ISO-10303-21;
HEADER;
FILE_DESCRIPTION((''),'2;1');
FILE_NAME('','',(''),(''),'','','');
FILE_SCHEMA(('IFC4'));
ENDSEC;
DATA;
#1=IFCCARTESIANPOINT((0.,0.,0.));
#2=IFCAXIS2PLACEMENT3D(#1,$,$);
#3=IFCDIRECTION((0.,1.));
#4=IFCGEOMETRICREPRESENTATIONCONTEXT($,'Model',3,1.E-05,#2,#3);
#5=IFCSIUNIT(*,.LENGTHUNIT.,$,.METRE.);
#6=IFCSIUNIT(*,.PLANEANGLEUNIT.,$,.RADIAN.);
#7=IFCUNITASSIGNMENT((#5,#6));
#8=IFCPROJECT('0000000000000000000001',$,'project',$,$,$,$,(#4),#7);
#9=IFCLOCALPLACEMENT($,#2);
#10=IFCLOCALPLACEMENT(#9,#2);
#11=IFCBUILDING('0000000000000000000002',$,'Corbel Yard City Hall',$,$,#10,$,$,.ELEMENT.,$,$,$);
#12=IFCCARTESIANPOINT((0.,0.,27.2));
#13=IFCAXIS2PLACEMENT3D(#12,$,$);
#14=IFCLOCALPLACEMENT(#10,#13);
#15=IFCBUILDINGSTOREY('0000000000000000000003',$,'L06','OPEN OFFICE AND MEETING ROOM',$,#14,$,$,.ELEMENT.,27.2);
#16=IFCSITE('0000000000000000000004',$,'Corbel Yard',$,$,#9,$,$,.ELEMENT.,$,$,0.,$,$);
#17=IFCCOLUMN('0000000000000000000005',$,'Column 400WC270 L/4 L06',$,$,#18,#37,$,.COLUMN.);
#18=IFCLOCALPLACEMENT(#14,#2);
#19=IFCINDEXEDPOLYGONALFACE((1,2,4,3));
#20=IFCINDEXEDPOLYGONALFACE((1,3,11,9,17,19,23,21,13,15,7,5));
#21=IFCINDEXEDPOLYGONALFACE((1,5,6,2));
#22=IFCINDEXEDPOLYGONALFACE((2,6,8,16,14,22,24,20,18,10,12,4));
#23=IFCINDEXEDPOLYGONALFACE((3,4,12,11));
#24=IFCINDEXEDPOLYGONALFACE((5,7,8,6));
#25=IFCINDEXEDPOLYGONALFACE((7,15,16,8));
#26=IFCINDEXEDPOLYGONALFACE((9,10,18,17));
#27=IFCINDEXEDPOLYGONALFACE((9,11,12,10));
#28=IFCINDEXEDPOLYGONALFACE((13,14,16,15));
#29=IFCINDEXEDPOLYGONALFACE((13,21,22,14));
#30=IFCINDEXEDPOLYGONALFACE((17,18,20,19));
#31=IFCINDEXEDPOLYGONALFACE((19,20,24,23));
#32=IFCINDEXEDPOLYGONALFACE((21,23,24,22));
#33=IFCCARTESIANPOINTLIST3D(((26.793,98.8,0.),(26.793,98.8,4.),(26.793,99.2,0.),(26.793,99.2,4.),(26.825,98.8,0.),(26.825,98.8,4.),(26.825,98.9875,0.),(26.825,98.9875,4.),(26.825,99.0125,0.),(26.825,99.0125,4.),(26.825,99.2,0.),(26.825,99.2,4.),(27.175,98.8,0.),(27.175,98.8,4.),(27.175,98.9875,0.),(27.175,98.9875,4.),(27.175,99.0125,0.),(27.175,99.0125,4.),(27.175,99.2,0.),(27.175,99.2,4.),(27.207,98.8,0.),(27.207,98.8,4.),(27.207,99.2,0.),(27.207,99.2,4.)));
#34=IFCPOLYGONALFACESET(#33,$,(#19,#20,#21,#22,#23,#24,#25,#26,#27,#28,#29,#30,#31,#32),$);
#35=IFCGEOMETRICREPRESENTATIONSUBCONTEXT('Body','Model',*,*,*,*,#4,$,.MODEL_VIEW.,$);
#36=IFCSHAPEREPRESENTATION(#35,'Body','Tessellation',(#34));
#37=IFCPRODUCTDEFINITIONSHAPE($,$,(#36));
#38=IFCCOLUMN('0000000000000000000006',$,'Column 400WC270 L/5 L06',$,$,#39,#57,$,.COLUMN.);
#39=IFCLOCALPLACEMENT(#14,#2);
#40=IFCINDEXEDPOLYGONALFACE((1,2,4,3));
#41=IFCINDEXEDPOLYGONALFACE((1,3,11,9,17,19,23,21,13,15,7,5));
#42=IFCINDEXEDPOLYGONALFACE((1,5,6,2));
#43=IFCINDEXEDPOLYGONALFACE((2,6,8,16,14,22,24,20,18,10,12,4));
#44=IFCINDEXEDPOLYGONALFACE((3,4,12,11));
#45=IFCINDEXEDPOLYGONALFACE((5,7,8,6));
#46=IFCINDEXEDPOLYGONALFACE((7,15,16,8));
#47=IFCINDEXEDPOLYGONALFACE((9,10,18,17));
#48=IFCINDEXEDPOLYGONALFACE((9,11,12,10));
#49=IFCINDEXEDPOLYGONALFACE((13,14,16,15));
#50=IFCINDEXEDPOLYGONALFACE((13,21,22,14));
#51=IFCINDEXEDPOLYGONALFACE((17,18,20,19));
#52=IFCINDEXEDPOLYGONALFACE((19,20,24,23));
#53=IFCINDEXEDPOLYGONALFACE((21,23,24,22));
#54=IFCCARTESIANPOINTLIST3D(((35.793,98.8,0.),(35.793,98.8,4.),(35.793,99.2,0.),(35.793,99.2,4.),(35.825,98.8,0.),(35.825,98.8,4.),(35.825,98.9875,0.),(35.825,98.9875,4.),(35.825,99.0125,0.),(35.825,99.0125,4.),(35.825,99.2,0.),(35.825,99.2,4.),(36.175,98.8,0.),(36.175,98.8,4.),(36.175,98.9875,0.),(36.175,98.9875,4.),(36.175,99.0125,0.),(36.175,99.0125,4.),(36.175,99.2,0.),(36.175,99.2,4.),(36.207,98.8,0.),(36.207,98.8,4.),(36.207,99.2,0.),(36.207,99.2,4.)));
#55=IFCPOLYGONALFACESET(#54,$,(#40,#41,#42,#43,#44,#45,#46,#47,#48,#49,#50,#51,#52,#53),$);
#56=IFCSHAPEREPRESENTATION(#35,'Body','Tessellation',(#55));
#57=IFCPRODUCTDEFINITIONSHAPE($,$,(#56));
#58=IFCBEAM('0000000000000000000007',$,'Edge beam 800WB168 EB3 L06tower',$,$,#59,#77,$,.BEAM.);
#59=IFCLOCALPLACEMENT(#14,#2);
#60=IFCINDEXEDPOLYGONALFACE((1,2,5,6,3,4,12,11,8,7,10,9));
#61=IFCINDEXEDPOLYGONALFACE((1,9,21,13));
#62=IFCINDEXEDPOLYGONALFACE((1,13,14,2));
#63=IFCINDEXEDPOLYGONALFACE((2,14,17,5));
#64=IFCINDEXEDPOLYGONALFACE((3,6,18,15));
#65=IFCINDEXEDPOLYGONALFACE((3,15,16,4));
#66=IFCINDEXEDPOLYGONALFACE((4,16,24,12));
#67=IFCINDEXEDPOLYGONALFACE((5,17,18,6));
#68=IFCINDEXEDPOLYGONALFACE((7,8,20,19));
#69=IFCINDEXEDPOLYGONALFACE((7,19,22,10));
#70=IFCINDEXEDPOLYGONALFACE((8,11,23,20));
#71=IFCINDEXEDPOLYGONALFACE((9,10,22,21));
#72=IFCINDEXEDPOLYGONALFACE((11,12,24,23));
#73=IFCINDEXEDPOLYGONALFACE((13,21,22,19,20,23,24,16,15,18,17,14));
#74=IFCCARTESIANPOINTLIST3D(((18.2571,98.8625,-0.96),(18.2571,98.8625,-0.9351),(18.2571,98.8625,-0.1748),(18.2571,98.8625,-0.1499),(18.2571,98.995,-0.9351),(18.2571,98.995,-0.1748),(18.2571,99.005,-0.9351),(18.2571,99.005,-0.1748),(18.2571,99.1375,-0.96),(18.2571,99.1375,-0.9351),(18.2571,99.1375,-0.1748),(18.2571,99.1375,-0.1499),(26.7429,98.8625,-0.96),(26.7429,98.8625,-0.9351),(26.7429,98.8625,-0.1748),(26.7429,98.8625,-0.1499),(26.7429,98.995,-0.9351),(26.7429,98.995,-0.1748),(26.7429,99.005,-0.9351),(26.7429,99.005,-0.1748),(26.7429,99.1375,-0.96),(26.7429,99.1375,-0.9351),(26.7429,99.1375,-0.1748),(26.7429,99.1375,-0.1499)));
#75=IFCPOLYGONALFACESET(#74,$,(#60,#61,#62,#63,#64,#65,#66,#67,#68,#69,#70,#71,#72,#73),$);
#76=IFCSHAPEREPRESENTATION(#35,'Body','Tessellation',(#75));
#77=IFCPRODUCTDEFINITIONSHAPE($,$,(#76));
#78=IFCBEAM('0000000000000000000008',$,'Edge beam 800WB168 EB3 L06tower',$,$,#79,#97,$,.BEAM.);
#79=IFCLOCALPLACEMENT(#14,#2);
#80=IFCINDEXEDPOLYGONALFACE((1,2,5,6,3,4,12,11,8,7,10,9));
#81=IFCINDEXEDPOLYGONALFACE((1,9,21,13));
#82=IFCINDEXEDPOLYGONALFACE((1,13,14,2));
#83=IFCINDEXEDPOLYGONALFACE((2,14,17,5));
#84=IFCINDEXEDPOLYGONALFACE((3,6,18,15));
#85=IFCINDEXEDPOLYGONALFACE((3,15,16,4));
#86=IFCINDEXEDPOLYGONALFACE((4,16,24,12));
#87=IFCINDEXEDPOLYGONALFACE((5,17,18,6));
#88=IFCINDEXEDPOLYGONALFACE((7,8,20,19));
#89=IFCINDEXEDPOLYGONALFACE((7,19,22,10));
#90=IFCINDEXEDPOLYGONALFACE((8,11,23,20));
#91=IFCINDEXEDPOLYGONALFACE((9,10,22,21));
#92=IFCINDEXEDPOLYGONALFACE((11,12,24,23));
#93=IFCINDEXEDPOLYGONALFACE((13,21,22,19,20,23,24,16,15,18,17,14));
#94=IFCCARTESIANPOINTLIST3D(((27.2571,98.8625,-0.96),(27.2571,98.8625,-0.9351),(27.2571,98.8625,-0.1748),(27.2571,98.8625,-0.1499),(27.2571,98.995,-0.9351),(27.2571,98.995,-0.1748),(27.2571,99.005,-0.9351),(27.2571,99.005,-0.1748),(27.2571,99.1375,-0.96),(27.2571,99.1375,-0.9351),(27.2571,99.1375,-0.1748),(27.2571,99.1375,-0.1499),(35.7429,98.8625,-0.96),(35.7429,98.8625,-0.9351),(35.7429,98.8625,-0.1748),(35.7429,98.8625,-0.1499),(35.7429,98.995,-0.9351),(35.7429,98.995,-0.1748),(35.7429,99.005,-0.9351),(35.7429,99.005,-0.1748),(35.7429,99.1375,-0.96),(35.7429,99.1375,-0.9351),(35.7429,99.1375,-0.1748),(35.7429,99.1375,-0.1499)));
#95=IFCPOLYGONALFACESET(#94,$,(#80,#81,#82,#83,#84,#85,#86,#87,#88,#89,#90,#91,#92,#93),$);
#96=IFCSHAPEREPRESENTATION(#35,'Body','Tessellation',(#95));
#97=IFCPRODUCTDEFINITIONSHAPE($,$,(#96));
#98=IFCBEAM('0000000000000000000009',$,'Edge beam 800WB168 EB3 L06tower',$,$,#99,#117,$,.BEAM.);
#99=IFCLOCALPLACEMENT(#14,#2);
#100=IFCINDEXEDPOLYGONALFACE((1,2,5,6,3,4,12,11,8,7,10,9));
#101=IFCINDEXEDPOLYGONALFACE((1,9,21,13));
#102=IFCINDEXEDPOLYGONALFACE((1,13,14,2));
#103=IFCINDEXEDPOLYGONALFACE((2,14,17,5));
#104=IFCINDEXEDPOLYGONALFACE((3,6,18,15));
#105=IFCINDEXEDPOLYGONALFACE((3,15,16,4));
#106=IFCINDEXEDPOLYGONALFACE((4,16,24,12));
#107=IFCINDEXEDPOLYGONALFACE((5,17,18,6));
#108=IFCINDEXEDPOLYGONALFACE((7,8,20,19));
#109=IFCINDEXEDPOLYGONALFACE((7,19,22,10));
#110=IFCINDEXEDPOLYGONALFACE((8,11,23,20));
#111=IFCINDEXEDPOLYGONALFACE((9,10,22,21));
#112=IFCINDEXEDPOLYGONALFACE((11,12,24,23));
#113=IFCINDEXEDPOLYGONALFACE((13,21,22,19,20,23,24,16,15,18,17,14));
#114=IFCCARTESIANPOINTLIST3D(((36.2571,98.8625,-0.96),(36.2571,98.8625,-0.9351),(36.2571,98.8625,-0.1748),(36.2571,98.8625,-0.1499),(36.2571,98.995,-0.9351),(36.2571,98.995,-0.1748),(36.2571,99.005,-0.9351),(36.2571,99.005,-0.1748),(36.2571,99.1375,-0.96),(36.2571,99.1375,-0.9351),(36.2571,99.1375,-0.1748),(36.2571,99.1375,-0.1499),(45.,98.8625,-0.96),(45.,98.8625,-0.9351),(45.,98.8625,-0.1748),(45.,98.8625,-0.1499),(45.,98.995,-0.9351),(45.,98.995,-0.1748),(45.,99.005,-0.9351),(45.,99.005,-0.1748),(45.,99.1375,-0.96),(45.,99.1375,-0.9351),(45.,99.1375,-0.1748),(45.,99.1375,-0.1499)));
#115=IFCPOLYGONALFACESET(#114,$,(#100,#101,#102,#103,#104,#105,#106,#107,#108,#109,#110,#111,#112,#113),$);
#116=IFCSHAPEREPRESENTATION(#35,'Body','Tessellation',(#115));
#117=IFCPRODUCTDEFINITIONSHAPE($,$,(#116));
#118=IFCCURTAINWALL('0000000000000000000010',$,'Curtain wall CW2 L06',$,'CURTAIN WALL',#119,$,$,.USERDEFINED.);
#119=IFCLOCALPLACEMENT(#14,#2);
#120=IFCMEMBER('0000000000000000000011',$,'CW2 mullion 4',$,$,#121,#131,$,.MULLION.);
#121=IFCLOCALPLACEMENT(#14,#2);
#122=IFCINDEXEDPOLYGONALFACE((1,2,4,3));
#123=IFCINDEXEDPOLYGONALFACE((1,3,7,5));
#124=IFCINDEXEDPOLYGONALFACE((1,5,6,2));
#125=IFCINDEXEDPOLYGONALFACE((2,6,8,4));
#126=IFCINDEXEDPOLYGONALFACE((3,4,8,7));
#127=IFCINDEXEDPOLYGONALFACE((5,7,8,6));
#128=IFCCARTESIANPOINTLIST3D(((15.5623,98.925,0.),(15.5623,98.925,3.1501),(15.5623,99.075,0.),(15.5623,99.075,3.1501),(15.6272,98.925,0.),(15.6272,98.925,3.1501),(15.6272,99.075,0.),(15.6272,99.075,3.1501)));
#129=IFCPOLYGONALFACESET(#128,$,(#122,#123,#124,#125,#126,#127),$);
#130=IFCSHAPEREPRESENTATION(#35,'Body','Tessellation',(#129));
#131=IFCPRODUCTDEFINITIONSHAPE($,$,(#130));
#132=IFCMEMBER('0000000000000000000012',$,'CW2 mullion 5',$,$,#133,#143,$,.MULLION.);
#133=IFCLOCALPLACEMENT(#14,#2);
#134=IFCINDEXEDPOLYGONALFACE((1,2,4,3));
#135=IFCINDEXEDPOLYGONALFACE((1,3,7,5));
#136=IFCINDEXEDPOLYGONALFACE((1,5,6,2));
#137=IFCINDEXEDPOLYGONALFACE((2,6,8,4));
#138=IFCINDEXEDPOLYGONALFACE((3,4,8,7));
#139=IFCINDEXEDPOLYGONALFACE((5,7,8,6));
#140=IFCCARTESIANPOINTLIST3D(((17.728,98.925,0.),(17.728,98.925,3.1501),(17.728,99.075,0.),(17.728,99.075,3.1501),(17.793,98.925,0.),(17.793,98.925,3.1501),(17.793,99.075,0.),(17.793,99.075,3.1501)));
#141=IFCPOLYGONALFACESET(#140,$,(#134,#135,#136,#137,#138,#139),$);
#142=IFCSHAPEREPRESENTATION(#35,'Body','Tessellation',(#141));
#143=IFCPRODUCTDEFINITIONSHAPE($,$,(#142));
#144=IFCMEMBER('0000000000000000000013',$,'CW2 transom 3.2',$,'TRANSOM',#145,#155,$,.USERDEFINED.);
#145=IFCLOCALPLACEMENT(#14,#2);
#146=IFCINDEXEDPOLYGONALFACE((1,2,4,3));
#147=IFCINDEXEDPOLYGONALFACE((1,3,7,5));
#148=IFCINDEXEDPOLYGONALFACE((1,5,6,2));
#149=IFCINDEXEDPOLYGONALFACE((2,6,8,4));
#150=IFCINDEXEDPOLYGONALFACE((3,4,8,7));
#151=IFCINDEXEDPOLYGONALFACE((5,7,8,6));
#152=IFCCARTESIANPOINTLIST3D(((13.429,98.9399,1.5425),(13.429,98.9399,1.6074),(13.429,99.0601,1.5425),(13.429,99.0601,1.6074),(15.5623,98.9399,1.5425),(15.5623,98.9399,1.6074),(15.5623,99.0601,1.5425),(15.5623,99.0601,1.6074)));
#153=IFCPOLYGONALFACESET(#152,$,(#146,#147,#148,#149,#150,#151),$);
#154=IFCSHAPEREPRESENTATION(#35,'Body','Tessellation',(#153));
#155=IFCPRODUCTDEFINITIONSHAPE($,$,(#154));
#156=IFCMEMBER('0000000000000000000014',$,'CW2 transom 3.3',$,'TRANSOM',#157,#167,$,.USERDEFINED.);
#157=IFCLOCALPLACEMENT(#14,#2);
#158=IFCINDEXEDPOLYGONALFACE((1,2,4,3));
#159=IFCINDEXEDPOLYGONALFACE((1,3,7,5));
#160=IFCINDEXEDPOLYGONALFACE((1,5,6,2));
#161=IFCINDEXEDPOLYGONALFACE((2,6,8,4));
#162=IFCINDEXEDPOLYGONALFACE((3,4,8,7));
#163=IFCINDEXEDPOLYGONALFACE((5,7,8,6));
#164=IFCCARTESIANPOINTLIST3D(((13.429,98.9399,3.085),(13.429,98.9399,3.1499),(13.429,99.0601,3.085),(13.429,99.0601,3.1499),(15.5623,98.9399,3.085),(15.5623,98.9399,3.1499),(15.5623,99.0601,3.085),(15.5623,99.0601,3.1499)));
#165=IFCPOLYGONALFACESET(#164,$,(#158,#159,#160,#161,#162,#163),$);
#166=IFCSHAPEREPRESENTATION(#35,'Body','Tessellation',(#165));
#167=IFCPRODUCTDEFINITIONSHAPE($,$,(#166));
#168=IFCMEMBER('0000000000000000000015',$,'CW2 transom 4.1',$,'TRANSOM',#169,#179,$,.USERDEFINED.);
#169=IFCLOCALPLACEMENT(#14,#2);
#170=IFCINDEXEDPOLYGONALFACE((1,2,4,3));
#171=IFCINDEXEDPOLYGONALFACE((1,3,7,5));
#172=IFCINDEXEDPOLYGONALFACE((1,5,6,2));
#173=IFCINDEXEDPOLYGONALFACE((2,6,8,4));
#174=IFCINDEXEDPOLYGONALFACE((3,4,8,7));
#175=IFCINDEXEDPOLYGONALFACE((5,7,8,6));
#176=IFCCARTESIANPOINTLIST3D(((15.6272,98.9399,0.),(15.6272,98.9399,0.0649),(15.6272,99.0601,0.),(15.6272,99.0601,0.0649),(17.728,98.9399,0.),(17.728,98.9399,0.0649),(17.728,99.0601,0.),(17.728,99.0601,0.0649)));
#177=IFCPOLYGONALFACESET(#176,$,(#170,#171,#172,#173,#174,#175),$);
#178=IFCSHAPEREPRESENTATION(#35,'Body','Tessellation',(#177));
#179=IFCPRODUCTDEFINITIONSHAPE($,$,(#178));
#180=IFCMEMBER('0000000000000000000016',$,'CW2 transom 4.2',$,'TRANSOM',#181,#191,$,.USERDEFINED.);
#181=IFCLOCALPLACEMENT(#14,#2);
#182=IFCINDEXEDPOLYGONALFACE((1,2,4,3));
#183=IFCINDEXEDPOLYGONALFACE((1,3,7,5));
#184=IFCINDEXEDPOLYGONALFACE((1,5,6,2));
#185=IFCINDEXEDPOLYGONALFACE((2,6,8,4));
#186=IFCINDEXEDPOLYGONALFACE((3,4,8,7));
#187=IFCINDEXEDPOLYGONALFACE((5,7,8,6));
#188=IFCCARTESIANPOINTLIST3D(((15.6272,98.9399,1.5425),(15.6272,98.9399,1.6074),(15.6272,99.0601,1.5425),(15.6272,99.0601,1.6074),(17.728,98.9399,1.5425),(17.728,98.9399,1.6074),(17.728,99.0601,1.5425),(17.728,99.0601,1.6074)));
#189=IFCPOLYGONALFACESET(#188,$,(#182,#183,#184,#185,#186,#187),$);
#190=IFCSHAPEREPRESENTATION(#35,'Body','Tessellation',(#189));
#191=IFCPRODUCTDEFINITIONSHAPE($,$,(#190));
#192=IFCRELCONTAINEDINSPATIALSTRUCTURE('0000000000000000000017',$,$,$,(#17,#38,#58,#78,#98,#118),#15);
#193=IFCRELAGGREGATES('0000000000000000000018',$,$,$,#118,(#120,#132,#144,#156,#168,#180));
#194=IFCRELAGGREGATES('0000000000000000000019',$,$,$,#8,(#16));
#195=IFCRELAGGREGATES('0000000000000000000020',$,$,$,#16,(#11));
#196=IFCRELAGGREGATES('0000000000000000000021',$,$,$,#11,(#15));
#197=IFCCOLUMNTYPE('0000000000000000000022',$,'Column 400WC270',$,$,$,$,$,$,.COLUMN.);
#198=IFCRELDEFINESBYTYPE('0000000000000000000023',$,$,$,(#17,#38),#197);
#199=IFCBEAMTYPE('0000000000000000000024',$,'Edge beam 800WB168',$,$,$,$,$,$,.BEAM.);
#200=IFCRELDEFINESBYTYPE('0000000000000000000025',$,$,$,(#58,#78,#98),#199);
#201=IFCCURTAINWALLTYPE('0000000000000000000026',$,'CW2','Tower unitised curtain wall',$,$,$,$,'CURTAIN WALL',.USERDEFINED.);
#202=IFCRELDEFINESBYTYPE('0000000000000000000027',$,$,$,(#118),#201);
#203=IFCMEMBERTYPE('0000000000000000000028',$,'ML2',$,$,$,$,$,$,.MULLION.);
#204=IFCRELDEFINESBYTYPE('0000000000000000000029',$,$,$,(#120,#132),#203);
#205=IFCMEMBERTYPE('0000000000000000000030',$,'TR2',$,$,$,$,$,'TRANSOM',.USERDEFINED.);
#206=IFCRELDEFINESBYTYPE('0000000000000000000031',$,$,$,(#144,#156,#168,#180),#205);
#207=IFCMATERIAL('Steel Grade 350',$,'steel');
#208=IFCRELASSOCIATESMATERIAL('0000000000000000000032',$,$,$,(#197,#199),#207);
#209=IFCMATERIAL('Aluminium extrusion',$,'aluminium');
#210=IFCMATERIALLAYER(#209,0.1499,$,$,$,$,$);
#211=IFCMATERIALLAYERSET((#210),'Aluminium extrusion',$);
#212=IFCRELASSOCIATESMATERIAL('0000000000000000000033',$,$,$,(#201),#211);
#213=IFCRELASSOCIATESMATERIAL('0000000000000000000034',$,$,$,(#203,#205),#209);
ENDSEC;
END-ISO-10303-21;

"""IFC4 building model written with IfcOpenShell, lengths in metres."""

from ifc_helpers import new_model, si_unit, direction, frame, origin, origin_2d, place, context, subcontext, project, spatial, rectangle, i_section, extrude, material, layer, layer_set, material_profile, profile_set, type_object, element, aggregate, save


model = new_model("IFC4")

# Units and contexts
model_context = context("Model", 3, precision=1e-05, world=origin(), true_north=direction((0.0, 1.0)))
body_context = subcontext(model_context, "Body", "Model", "MODEL_VIEW")
ifc_project = project(units=[si_unit("LENGTHUNIT", "METRE"), si_unit("PLANEANGLEUNIT", "RADIAN")], contexts=[model_context])

# Site, building, storey
site_placement = place(None, origin())
site = spatial("IfcSite", under=ifc_project, at=site_placement, Name="Corbel Yard", CompositionType="ELEMENT", RefElevation=0.0)
building_placement = place(site_placement, origin())
building = spatial("IfcBuilding", under=site, at=building_placement, Name="Corbel Yard City Hall", CompositionType="ELEMENT")
storey_placement = place(building_placement, frame((0.0, 0.0, 27.2)))
storey = spatial("IfcBuildingStorey", under=building, at=storey_placement, Name="L06", Description="OPEN OFFICE AND MEETING ROOM", CompositionType="ELEMENT", Elevation=27.2)

# Columns
ifc_material_1 = material(Name="Steel Grade 350", Category="steel")
ifc_material_profile_1 = material_profile(ifc_material_1, i_section(OverallWidth=0.3999, OverallDepth=0.4141, WebThickness=0.0249, FlangeThickness=0.032, at=origin_2d()), Name="400WC270")
ifc_profile_set_1 = profile_set([ifc_material_profile_1], Name="Steel Grade 350")
column_type = type_object("IfcColumnType", Name="Column 400WC270", PredefinedType="COLUMN", material=ifc_profile_set_1)
for number, where, z_axis, x_axis, name in (
    (1, (27.0, 99.0, 0.0), (0.0, 0.0, 1.0), (0.0, 1.0, 0.0), "Column 400WC270 L/4 L06"),
    (2, (36.0, 99.0, 0.0), (0.0, 0.0, 1.0), (0.0, 1.0, 0.0), "Column 400WC270 L/5 L06"),
):
    element("IfcColumn", number, at=place(storey_placement, frame(where, z_axis=z_axis, x_axis=x_axis)), inside=storey, type_object=column_type, Name=name, PredefinedType="COLUMN", context=body_context, shape_type="SweptSolid", body=[
        extrude(i_section(OverallWidth=0.3999, OverallDepth=0.4141, WebThickness=0.0249, FlangeThickness=0.032, at=origin_2d()), origin(), (0.0, 0.0, 1.0), 4.0),
    ])

# Beams
ifc_material_profile_2 = material_profile(ifc_material_1, i_section(OverallWidth=0.2749, OverallDepth=0.8101, WebThickness=0.01, FlangeThickness=0.0249, at=origin_2d()), Name="800WB168")
ifc_profile_set_2 = profile_set([ifc_material_profile_2], Name="Steel Grade 350")
beam_type = type_object("IfcBeamType", Name="Edge beam 800WB168", PredefinedType="BEAM", material=ifc_profile_set_2)
for number, where, z_axis, x_axis, name in (
    (3, (18.2571, 99.0, -0.5549), (1.0, 0.0, 0.0), (0.0, 1.0, 0.0), "Edge beam 800WB168 EB3 L06tower"),
    (4, (27.2571, 99.0, -0.5549), (1.0, 0.0, 0.0), (0.0, 1.0, 0.0), "Edge beam 800WB168 EB3 L06tower"),
):
    element("IfcBeam", number, at=place(storey_placement, frame(where, z_axis=z_axis, x_axis=x_axis)), inside=storey, type_object=beam_type, Name=name, PredefinedType="BEAM", context=body_context, shape_type="SweptSolid", body=[
        extrude(i_section(OverallWidth=0.2749, OverallDepth=0.8101, WebThickness=0.01, FlangeThickness=0.0249, at=origin_2d()), origin(), (0.0, 0.0, 1.0), 8.4858),
    ])
beam_placement = place(storey_placement, frame((36.2571, 99.0, -0.5549), z_axis=(1.0, 0.0, 0.0), x_axis=(0.0, 1.0, 0.0)))
element("IfcBeam", 5, at=beam_placement, inside=storey, type_object=beam_type, Name="Edge beam 800WB168 EB3 L06tower", PredefinedType="BEAM", context=body_context, shape_type="SweptSolid", body=[
    extrude(i_section(OverallWidth=0.2749, OverallDepth=0.8101, WebThickness=0.01, FlangeThickness=0.0249, at=origin_2d()), origin(), (0.0, 0.0, 1.0), 8.7429),
])

# Curtain wall, members
ifc_material_2 = material(Name="Aluminium extrusion", Category="aluminium")
ifc_layer_1 = layer(ifc_material_2, 0.1499)
ifc_layer_set_1 = layer_set([ifc_layer_1], Name="Aluminium extrusion")
curtain_wall_type = type_object("IfcCurtainWallType", Name="CW2", Description="Tower unitised curtain wall", ElementType="CURTAIN WALL", PredefinedType="USERDEFINED", material=ifc_layer_set_1)
curtain_wall_placement = place(storey_placement, origin())
curtain_wall = element("IfcCurtainWall", 6, at=curtain_wall_placement, inside=storey, type_object=curtain_wall_type, Name="Curtain wall CW2 L06", ObjectType="CURTAIN WALL", PredefinedType="USERDEFINED")
ifc_material_profile_3 = material_profile(ifc_material_2, rectangle(XDim=0.1499, YDim=0.0649, at=origin_2d()), Name="150x65")
ifc_profile_set_3 = profile_set([ifc_material_profile_3], Name="Aluminium extrusion")
member_type_1 = type_object("IfcMemberType", Name="ML2", PredefinedType="MULLION", material=ifc_profile_set_3)
member_1_placement = place(storey_placement, frame((15.5947, 99.0, 0.0), z_axis=(0.0, 0.0, 1.0), x_axis=(0.0, 1.0, 0.0)))
member_1 = element("IfcMember", 7, at=member_1_placement, type_object=member_type_1, Name="CW2 mullion 4", PredefinedType="MULLION", context=body_context, shape_type="SweptSolid", body=[
    extrude(rectangle(XDim=0.1499, YDim=0.0649, at=origin_2d()), origin(), (0.0, 0.0, 1.0), 3.1501),
])
member_2_placement = place(storey_placement, frame((17.7605, 99.0, 0.0), z_axis=(0.0, 0.0, 1.0), x_axis=(0.0, 1.0, 0.0)))
member_2 = element("IfcMember", 8, at=member_2_placement, type_object=member_type_1, Name="CW2 mullion 5", PredefinedType="MULLION", context=body_context, shape_type="SweptSolid", body=[
    extrude(rectangle(XDim=0.1499, YDim=0.0649, at=origin_2d()), origin(), (0.0, 0.0, 1.0), 3.1501),
])
ifc_material_profile_4 = material_profile(ifc_material_2, rectangle(XDim=0.1201, YDim=0.0649, at=origin_2d()), Name="120x65")
ifc_profile_set_4 = profile_set([ifc_material_profile_4], Name="Aluminium extrusion")
member_type_2 = type_object("IfcMemberType", Name="TR2", ElementType="TRANSOM", PredefinedType="USERDEFINED", material=ifc_profile_set_4)
member_3_placement = place(storey_placement, frame((13.429, 99.0, 1.575), z_axis=(1.0, 0.0, 0.0), x_axis=(0.0, 1.0, 0.0)))
member_3 = element("IfcMember", 9, at=member_3_placement, type_object=member_type_2, Name="CW2 transom 3.2", ObjectType="TRANSOM", PredefinedType="USERDEFINED", context=body_context, shape_type="SweptSolid", body=[
    extrude(rectangle(XDim=0.1201, YDim=0.0649, at=origin_2d()), origin(), (0.0, 0.0, 1.0), 2.1333),
])
member_4_placement = place(storey_placement, frame((13.429, 99.0, 3.1174), z_axis=(1.0, 0.0, 0.0), x_axis=(0.0, 1.0, 0.0)))
member_4 = element("IfcMember", 10, at=member_4_placement, type_object=member_type_2, Name="CW2 transom 3.3", ObjectType="TRANSOM", PredefinedType="USERDEFINED", context=body_context, shape_type="SweptSolid", body=[
    extrude(rectangle(XDim=0.1201, YDim=0.0649, at=origin_2d()), origin(), (0.0, 0.0, 1.0), 2.1333),
])
member_5_placement = place(storey_placement, frame((15.6272, 99.0, 0.0325), z_axis=(1.0, 0.0, 0.0), x_axis=(0.0, 1.0, 0.0)))
member_5 = element("IfcMember", 11, at=member_5_placement, type_object=member_type_2, Name="CW2 transom 4.1", ObjectType="TRANSOM", PredefinedType="USERDEFINED", context=body_context, shape_type="SweptSolid", body=[
    extrude(rectangle(XDim=0.1201, YDim=0.0649, at=origin_2d()), origin(), (0.0, 0.0, 1.0), 2.1008),
])
member_6_placement = place(storey_placement, frame((15.6272, 99.0, 1.575), z_axis=(1.0, 0.0, 0.0), x_axis=(0.0, 1.0, 0.0)))
member_6 = element("IfcMember", 12, at=member_6_placement, type_object=member_type_2, Name="CW2 transom 4.2", ObjectType="TRANSOM", PredefinedType="USERDEFINED", context=body_context, shape_type="SweptSolid", body=[
    extrude(rectangle(XDim=0.1201, YDim=0.0649, at=origin_2d()), origin(), (0.0, 0.0, 1.0), 2.1008),
])
aggregate(curtain_wall, [member_1, member_2, member_3, member_4, member_5, member_6])

save(model, "model.ifc")
